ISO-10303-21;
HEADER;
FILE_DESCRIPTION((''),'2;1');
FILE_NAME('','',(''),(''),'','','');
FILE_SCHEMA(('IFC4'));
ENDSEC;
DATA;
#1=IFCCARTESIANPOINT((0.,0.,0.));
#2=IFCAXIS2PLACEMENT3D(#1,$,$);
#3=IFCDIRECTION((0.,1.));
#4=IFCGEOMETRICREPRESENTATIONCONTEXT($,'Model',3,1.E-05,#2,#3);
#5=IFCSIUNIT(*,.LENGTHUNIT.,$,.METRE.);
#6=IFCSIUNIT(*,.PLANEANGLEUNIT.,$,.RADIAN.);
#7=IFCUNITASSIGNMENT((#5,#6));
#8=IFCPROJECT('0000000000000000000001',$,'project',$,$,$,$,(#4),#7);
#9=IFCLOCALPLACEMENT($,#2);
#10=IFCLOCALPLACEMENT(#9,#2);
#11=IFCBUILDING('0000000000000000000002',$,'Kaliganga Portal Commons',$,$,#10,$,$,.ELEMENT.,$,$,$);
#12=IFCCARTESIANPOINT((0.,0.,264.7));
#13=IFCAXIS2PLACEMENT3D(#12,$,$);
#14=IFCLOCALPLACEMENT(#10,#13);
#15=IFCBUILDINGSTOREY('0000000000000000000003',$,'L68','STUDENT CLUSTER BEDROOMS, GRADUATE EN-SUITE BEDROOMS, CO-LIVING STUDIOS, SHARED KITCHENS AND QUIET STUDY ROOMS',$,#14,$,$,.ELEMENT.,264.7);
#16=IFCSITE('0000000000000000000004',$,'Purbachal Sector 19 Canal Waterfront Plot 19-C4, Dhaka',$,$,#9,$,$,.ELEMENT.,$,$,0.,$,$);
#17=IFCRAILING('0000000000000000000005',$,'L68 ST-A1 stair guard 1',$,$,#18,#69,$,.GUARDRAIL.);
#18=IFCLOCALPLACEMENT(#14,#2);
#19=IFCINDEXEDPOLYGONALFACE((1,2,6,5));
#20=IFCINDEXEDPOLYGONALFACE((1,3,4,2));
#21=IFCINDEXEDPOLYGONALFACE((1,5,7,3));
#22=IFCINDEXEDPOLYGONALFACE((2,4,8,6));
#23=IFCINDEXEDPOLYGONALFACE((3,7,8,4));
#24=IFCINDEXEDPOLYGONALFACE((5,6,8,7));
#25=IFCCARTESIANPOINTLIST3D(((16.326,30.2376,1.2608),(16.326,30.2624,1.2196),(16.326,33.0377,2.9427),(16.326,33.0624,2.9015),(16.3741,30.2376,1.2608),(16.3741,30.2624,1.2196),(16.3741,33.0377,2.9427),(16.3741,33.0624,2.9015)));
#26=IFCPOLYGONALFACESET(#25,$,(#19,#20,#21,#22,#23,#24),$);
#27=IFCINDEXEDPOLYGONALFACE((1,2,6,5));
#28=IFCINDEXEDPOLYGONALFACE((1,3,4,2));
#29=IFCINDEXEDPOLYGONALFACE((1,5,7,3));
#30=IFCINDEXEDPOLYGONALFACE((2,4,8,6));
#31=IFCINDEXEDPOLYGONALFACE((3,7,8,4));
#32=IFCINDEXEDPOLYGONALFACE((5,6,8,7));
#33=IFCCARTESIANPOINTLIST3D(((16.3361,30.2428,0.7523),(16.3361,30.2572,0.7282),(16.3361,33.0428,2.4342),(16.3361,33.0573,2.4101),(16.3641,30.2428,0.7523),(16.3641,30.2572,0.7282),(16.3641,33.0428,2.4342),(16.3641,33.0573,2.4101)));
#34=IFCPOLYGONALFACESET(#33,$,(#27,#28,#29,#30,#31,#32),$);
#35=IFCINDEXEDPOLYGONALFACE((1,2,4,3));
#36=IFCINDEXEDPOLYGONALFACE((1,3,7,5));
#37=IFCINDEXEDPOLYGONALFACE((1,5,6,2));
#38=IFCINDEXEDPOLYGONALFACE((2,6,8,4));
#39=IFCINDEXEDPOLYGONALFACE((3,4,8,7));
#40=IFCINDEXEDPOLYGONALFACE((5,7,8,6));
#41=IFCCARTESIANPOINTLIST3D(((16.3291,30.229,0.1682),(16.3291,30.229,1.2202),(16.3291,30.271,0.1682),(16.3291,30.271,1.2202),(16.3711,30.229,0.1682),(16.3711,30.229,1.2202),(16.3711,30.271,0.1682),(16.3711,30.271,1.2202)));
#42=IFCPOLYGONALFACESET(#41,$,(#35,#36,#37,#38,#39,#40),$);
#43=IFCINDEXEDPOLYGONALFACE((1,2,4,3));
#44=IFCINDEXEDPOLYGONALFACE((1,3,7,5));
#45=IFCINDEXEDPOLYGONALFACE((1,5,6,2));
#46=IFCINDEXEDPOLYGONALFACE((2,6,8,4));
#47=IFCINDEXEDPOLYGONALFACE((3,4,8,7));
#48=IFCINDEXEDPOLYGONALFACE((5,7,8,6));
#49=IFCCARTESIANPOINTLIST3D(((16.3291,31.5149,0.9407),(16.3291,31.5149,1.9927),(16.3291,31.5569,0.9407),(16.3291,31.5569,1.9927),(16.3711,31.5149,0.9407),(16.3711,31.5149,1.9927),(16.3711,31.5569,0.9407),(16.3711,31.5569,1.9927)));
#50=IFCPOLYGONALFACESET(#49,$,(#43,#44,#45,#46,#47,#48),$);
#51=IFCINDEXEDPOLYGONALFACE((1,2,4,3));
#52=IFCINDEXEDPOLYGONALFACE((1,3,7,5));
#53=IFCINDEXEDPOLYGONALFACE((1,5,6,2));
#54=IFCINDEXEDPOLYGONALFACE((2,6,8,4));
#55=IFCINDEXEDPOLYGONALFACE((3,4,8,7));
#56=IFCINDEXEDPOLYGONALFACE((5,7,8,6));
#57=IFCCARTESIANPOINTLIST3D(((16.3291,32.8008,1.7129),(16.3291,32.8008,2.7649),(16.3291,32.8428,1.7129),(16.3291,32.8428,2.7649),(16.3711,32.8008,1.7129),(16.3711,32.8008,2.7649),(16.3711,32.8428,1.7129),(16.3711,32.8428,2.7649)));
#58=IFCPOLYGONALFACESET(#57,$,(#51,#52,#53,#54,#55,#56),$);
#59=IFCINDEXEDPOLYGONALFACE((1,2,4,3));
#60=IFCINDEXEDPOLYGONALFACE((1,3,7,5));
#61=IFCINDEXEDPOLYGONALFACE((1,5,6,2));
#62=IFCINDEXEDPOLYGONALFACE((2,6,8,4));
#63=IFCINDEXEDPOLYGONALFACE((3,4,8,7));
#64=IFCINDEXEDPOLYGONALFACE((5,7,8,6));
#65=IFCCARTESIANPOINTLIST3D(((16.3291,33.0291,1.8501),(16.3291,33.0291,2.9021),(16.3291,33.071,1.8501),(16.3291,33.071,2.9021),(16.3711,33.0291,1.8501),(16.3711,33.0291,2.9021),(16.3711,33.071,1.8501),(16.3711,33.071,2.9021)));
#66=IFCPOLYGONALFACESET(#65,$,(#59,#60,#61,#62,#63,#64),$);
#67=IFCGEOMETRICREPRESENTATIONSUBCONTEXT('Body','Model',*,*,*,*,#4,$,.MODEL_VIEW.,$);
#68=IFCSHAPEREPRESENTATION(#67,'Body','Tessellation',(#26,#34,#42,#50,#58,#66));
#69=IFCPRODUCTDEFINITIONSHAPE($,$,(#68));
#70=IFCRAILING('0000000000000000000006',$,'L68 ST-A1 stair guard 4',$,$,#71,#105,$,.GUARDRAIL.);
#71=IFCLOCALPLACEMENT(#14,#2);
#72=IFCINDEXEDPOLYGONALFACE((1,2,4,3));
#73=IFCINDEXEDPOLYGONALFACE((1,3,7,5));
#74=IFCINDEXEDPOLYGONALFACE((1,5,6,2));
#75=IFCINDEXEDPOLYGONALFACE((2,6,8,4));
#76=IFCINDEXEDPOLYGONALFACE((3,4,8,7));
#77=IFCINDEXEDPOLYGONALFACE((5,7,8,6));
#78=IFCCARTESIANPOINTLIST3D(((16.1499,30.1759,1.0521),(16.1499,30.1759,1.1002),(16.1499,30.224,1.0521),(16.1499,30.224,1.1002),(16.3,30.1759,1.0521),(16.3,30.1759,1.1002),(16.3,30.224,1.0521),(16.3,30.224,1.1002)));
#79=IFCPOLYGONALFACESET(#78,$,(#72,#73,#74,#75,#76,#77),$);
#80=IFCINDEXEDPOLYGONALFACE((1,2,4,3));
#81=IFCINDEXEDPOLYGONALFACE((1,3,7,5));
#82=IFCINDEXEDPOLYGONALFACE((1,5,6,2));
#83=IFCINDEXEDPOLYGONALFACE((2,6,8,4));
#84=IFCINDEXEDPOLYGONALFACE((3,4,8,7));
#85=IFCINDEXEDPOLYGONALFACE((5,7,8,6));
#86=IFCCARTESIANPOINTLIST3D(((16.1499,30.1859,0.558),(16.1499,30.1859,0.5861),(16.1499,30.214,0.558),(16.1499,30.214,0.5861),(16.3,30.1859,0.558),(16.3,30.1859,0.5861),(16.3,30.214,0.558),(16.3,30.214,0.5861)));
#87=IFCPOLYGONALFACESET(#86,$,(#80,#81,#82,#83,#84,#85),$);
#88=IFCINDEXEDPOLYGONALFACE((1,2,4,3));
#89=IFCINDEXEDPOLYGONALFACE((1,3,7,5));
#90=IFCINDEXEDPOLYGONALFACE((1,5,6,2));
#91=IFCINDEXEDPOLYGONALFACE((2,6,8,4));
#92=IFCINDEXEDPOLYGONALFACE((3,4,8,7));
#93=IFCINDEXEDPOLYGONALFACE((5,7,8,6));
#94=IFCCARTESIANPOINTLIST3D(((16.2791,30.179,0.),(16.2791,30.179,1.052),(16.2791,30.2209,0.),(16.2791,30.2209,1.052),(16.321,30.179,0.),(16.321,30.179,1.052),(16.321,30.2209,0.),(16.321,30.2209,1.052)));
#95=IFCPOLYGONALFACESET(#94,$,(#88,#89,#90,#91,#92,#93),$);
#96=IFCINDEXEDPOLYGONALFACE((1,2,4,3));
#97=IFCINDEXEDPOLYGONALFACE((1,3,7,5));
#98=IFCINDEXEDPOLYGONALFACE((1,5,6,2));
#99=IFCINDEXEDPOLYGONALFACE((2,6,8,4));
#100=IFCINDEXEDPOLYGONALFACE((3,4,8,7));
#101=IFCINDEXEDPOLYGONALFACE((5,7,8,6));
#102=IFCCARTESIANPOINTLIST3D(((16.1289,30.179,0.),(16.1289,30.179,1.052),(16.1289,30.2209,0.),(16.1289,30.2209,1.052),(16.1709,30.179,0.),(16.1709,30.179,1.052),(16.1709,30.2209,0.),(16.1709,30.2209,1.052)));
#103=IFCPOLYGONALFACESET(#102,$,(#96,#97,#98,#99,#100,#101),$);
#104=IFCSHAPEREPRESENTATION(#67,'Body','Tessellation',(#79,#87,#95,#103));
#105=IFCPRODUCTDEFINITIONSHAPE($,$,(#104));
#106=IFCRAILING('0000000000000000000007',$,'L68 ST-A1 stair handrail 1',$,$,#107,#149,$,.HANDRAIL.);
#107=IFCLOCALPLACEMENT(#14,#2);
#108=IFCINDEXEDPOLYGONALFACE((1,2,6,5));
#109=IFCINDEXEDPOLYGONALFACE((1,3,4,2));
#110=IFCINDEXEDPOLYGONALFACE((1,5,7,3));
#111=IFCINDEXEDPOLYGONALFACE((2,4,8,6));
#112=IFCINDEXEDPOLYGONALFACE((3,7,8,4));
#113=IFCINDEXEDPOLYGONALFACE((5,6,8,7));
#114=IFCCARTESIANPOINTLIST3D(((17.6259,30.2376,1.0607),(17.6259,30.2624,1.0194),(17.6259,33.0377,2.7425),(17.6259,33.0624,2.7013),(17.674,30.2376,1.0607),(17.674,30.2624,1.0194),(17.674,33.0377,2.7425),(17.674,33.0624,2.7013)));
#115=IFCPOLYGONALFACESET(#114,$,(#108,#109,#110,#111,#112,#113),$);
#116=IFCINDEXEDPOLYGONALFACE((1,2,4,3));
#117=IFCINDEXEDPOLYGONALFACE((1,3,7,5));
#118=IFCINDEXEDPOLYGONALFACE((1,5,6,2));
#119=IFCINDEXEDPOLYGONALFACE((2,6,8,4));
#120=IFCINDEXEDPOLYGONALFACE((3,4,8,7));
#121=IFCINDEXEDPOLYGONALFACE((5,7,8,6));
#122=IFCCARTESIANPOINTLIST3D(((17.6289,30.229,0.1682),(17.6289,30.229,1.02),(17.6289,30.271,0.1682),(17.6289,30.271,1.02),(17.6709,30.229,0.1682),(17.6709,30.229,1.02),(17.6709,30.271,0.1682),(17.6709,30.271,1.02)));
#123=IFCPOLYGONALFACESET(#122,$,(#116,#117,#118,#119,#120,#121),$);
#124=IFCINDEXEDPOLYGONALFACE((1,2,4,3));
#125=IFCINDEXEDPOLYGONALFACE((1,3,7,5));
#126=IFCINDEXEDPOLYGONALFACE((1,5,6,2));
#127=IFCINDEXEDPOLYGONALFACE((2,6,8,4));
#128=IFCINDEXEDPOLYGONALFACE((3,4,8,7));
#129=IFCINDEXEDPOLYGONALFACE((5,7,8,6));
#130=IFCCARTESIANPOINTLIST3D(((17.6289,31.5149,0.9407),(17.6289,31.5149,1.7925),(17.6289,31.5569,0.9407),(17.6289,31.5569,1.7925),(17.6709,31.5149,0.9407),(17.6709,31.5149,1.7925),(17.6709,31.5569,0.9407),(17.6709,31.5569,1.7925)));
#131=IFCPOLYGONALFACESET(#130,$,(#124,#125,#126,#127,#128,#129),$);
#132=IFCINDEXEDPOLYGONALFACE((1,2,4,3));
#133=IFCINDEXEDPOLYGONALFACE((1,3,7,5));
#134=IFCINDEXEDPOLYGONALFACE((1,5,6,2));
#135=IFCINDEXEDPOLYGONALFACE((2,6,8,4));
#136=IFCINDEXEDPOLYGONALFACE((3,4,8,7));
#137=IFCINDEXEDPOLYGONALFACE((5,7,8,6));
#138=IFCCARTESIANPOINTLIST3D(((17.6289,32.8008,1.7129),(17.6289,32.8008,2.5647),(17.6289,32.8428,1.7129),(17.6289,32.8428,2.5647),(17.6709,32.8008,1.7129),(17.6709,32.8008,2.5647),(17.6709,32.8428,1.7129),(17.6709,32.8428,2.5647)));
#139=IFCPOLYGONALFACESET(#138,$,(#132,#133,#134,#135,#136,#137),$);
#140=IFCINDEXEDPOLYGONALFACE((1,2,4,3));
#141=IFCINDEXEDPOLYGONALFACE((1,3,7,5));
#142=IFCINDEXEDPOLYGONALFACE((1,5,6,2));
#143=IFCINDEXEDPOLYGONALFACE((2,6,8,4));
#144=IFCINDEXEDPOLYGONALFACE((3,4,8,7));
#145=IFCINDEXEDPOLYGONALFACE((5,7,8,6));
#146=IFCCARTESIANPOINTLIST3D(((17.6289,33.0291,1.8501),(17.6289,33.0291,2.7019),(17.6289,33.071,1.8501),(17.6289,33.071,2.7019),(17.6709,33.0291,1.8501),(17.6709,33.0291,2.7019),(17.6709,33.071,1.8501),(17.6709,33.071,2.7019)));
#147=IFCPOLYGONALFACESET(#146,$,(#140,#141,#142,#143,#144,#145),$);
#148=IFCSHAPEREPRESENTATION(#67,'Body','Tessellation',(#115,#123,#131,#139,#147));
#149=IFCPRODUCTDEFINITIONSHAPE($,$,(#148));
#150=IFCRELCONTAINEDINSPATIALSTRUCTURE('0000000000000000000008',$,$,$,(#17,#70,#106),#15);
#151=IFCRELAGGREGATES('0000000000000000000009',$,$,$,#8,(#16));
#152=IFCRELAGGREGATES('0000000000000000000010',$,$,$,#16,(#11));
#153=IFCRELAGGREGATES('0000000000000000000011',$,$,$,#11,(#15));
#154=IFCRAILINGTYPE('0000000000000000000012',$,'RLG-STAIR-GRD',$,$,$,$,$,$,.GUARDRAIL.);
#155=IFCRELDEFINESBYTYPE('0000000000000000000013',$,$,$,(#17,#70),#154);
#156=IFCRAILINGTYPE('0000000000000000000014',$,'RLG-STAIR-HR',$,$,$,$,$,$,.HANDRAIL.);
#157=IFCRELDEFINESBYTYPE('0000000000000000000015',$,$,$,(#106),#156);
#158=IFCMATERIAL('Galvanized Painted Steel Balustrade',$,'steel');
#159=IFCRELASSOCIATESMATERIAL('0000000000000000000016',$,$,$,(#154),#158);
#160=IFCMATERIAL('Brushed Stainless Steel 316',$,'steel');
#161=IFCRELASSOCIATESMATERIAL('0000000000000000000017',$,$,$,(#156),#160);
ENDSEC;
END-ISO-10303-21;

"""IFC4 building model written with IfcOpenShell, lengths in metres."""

from ifc_helpers import new_model, si_unit, direction, frame, origin, origin_2d, place, context, subcontext, project, spatial, rectangle, extrude, material, type_object, element, save


model = new_model("IFC4")

# Units and contexts
model_context = context("Model", 3, precision=1e-05, world=origin(), true_north=direction((0.0, 1.0)))
body_context = subcontext(model_context, "Body", "Model", "MODEL_VIEW")
ifc_project = project(units=[si_unit("LENGTHUNIT", "METRE"), si_unit("PLANEANGLEUNIT", "RADIAN")], contexts=[model_context])

# Site, building, storey
site_placement = place(None, origin())
site = spatial("IfcSite", under=ifc_project, at=site_placement, Name="Purbachal Sector 19 Canal Waterfront Plot 19-C4, Dhaka", CompositionType="ELEMENT", RefElevation=0.0)
building_placement = place(site_placement, origin())
building = spatial("IfcBuilding", under=site, at=building_placement, Name="Kaliganga Portal Commons", CompositionType="ELEMENT")
storey_placement = place(building_placement, frame((0.0, 0.0, 264.7)))
storey = spatial("IfcBuildingStorey", under=building, at=storey_placement, Name="L68", Description="STUDENT CLUSTER BEDROOMS, GRADUATE EN-SUITE BEDROOMS, CO-LIVING STUDIOS, SHARED KITCHENS AND QUIET STUDY ROOMS", CompositionType="ELEMENT", Elevation=264.7)

# Railings
ifc_material_1 = material(Name="Galvanized Painted Steel Balustrade", Category="steel")
railing_type_1 = type_object("IfcRailingType", Name="RLG-STAIR-GRD", PredefinedType="GUARDRAIL", material=ifc_material_1)
railing_1_placement = place(storey_placement, frame((16.3501, 30.25, 0.1682)))
element("IfcRailing", 1, at=railing_1_placement, inside=storey, type_object=railing_type_1, Name="L68 ST-A1 stair guard 1", PredefinedType="GUARDRAIL", context=body_context, shape_type="SweptSolid", body=[
    extrude(rectangle(XDim=0.0481, YDim=0.0481, at=origin_2d()), frame((0.0, 0.0, 1.072), z_axis=(0.0, 0.857242, 0.514913), x_axis=(-1.0, 0.0, 0.0)), (0.0, 0.0, 1.0), 3.2664),
    extrude(rectangle(XDim=0.0281, YDim=0.0281, at=origin_2d()), frame((0.0, 0.0, 0.572), z_axis=(0.0, 0.857242, 0.514913), x_axis=(-1.0, 0.0, 0.0)), (0.0, 0.0, 1.0), 3.2664),
    extrude(rectangle(XDim=0.042, YDim=0.042, at=origin_2d()), origin(), (0.0, 0.0, 1.0), 1.052),
    extrude(rectangle(XDim=0.042, YDim=0.042, at=origin_2d()), frame((0.0, 1.2859, 0.7725)), (0.0, 0.0, 1.0), 1.052),
    extrude(rectangle(XDim=0.042, YDim=0.042, at=origin_2d()), frame((0.0, 2.5718, 1.5447)), (0.0, 0.0, 1.0), 1.052),
    extrude(rectangle(XDim=0.042, YDim=0.042, at=origin_2d()), frame((0.0, 2.8, 1.6819)), (0.0, 0.0, 1.0), 1.052),
])
railing_2_placement = place(storey_placement, frame((16.3, 30.2, 0.0)))
element("IfcRailing", 2, at=railing_2_placement, inside=storey, type_object=railing_type_1, Name="L68 ST-A1 stair guard 4", PredefinedType="GUARDRAIL", context=body_context, shape_type="SweptSolid", body=[
    extrude(rectangle(XDim=0.0481, YDim=0.0481, at=origin_2d()), frame((0.0, 0.0, 1.0762), z_axis=(-1.0, 0.0, 0.0), x_axis=(0.0, -1.0, 0.0)), (0.0, 0.0, 1.0), 0.1501),
    extrude(rectangle(XDim=0.0281, YDim=0.0281, at=origin_2d()), frame((0.0, 0.0, 0.572), z_axis=(-1.0, 0.0, 0.0), x_axis=(0.0, -1.0, 0.0)), (0.0, 0.0, 1.0), 0.1501),
    extrude(rectangle(XDim=0.042, YDim=0.042, at=origin_2d()), origin(), (0.0, 0.0, 1.0), 1.052),
    extrude(rectangle(XDim=0.042, YDim=0.042, at=origin_2d()), frame((-0.1501, 0.0, 0.0)), (0.0, 0.0, 1.0), 1.052),
])
ifc_material_2 = material(Name="Brushed Stainless Steel 316", Category="steel")
railing_type_2 = type_object("IfcRailingType", Name="RLG-STAIR-HR", PredefinedType="HANDRAIL", material=ifc_material_2)
railing_3_placement = place(storey_placement, frame((17.6499, 30.25, 0.1682)))
element("IfcRailing", 3, at=railing_3_placement, inside=storey, type_object=railing_type_2, Name="L68 ST-A1 stair handrail 1", PredefinedType="HANDRAIL", context=body_context, shape_type="SweptSolid", body=[
    extrude(rectangle(XDim=0.0481, YDim=0.0481, at=origin_2d()), frame((0.0, 0.0, 0.8718), z_axis=(0.0, 0.857242, 0.514913), x_axis=(-1.0, 0.0, 0.0)), (0.0, 0.0, 1.0), 3.2664),
    extrude(rectangle(XDim=0.042, YDim=0.042, at=origin_2d()), origin(), (0.0, 0.0, 1.0), 0.8518),
    extrude(rectangle(XDim=0.042, YDim=0.042, at=origin_2d()), frame((0.0, 1.2859, 0.7725)), (0.0, 0.0, 1.0), 0.8518),
    extrude(rectangle(XDim=0.042, YDim=0.042, at=origin_2d()), frame((0.0, 2.5718, 1.5447)), (0.0, 0.0, 1.0), 0.8518),
    extrude(rectangle(XDim=0.042, YDim=0.042, at=origin_2d()), frame((0.0, 2.8, 1.6819)), (0.0, 0.0, 1.0), 0.8518),
])

save(model, "model.ifc")
